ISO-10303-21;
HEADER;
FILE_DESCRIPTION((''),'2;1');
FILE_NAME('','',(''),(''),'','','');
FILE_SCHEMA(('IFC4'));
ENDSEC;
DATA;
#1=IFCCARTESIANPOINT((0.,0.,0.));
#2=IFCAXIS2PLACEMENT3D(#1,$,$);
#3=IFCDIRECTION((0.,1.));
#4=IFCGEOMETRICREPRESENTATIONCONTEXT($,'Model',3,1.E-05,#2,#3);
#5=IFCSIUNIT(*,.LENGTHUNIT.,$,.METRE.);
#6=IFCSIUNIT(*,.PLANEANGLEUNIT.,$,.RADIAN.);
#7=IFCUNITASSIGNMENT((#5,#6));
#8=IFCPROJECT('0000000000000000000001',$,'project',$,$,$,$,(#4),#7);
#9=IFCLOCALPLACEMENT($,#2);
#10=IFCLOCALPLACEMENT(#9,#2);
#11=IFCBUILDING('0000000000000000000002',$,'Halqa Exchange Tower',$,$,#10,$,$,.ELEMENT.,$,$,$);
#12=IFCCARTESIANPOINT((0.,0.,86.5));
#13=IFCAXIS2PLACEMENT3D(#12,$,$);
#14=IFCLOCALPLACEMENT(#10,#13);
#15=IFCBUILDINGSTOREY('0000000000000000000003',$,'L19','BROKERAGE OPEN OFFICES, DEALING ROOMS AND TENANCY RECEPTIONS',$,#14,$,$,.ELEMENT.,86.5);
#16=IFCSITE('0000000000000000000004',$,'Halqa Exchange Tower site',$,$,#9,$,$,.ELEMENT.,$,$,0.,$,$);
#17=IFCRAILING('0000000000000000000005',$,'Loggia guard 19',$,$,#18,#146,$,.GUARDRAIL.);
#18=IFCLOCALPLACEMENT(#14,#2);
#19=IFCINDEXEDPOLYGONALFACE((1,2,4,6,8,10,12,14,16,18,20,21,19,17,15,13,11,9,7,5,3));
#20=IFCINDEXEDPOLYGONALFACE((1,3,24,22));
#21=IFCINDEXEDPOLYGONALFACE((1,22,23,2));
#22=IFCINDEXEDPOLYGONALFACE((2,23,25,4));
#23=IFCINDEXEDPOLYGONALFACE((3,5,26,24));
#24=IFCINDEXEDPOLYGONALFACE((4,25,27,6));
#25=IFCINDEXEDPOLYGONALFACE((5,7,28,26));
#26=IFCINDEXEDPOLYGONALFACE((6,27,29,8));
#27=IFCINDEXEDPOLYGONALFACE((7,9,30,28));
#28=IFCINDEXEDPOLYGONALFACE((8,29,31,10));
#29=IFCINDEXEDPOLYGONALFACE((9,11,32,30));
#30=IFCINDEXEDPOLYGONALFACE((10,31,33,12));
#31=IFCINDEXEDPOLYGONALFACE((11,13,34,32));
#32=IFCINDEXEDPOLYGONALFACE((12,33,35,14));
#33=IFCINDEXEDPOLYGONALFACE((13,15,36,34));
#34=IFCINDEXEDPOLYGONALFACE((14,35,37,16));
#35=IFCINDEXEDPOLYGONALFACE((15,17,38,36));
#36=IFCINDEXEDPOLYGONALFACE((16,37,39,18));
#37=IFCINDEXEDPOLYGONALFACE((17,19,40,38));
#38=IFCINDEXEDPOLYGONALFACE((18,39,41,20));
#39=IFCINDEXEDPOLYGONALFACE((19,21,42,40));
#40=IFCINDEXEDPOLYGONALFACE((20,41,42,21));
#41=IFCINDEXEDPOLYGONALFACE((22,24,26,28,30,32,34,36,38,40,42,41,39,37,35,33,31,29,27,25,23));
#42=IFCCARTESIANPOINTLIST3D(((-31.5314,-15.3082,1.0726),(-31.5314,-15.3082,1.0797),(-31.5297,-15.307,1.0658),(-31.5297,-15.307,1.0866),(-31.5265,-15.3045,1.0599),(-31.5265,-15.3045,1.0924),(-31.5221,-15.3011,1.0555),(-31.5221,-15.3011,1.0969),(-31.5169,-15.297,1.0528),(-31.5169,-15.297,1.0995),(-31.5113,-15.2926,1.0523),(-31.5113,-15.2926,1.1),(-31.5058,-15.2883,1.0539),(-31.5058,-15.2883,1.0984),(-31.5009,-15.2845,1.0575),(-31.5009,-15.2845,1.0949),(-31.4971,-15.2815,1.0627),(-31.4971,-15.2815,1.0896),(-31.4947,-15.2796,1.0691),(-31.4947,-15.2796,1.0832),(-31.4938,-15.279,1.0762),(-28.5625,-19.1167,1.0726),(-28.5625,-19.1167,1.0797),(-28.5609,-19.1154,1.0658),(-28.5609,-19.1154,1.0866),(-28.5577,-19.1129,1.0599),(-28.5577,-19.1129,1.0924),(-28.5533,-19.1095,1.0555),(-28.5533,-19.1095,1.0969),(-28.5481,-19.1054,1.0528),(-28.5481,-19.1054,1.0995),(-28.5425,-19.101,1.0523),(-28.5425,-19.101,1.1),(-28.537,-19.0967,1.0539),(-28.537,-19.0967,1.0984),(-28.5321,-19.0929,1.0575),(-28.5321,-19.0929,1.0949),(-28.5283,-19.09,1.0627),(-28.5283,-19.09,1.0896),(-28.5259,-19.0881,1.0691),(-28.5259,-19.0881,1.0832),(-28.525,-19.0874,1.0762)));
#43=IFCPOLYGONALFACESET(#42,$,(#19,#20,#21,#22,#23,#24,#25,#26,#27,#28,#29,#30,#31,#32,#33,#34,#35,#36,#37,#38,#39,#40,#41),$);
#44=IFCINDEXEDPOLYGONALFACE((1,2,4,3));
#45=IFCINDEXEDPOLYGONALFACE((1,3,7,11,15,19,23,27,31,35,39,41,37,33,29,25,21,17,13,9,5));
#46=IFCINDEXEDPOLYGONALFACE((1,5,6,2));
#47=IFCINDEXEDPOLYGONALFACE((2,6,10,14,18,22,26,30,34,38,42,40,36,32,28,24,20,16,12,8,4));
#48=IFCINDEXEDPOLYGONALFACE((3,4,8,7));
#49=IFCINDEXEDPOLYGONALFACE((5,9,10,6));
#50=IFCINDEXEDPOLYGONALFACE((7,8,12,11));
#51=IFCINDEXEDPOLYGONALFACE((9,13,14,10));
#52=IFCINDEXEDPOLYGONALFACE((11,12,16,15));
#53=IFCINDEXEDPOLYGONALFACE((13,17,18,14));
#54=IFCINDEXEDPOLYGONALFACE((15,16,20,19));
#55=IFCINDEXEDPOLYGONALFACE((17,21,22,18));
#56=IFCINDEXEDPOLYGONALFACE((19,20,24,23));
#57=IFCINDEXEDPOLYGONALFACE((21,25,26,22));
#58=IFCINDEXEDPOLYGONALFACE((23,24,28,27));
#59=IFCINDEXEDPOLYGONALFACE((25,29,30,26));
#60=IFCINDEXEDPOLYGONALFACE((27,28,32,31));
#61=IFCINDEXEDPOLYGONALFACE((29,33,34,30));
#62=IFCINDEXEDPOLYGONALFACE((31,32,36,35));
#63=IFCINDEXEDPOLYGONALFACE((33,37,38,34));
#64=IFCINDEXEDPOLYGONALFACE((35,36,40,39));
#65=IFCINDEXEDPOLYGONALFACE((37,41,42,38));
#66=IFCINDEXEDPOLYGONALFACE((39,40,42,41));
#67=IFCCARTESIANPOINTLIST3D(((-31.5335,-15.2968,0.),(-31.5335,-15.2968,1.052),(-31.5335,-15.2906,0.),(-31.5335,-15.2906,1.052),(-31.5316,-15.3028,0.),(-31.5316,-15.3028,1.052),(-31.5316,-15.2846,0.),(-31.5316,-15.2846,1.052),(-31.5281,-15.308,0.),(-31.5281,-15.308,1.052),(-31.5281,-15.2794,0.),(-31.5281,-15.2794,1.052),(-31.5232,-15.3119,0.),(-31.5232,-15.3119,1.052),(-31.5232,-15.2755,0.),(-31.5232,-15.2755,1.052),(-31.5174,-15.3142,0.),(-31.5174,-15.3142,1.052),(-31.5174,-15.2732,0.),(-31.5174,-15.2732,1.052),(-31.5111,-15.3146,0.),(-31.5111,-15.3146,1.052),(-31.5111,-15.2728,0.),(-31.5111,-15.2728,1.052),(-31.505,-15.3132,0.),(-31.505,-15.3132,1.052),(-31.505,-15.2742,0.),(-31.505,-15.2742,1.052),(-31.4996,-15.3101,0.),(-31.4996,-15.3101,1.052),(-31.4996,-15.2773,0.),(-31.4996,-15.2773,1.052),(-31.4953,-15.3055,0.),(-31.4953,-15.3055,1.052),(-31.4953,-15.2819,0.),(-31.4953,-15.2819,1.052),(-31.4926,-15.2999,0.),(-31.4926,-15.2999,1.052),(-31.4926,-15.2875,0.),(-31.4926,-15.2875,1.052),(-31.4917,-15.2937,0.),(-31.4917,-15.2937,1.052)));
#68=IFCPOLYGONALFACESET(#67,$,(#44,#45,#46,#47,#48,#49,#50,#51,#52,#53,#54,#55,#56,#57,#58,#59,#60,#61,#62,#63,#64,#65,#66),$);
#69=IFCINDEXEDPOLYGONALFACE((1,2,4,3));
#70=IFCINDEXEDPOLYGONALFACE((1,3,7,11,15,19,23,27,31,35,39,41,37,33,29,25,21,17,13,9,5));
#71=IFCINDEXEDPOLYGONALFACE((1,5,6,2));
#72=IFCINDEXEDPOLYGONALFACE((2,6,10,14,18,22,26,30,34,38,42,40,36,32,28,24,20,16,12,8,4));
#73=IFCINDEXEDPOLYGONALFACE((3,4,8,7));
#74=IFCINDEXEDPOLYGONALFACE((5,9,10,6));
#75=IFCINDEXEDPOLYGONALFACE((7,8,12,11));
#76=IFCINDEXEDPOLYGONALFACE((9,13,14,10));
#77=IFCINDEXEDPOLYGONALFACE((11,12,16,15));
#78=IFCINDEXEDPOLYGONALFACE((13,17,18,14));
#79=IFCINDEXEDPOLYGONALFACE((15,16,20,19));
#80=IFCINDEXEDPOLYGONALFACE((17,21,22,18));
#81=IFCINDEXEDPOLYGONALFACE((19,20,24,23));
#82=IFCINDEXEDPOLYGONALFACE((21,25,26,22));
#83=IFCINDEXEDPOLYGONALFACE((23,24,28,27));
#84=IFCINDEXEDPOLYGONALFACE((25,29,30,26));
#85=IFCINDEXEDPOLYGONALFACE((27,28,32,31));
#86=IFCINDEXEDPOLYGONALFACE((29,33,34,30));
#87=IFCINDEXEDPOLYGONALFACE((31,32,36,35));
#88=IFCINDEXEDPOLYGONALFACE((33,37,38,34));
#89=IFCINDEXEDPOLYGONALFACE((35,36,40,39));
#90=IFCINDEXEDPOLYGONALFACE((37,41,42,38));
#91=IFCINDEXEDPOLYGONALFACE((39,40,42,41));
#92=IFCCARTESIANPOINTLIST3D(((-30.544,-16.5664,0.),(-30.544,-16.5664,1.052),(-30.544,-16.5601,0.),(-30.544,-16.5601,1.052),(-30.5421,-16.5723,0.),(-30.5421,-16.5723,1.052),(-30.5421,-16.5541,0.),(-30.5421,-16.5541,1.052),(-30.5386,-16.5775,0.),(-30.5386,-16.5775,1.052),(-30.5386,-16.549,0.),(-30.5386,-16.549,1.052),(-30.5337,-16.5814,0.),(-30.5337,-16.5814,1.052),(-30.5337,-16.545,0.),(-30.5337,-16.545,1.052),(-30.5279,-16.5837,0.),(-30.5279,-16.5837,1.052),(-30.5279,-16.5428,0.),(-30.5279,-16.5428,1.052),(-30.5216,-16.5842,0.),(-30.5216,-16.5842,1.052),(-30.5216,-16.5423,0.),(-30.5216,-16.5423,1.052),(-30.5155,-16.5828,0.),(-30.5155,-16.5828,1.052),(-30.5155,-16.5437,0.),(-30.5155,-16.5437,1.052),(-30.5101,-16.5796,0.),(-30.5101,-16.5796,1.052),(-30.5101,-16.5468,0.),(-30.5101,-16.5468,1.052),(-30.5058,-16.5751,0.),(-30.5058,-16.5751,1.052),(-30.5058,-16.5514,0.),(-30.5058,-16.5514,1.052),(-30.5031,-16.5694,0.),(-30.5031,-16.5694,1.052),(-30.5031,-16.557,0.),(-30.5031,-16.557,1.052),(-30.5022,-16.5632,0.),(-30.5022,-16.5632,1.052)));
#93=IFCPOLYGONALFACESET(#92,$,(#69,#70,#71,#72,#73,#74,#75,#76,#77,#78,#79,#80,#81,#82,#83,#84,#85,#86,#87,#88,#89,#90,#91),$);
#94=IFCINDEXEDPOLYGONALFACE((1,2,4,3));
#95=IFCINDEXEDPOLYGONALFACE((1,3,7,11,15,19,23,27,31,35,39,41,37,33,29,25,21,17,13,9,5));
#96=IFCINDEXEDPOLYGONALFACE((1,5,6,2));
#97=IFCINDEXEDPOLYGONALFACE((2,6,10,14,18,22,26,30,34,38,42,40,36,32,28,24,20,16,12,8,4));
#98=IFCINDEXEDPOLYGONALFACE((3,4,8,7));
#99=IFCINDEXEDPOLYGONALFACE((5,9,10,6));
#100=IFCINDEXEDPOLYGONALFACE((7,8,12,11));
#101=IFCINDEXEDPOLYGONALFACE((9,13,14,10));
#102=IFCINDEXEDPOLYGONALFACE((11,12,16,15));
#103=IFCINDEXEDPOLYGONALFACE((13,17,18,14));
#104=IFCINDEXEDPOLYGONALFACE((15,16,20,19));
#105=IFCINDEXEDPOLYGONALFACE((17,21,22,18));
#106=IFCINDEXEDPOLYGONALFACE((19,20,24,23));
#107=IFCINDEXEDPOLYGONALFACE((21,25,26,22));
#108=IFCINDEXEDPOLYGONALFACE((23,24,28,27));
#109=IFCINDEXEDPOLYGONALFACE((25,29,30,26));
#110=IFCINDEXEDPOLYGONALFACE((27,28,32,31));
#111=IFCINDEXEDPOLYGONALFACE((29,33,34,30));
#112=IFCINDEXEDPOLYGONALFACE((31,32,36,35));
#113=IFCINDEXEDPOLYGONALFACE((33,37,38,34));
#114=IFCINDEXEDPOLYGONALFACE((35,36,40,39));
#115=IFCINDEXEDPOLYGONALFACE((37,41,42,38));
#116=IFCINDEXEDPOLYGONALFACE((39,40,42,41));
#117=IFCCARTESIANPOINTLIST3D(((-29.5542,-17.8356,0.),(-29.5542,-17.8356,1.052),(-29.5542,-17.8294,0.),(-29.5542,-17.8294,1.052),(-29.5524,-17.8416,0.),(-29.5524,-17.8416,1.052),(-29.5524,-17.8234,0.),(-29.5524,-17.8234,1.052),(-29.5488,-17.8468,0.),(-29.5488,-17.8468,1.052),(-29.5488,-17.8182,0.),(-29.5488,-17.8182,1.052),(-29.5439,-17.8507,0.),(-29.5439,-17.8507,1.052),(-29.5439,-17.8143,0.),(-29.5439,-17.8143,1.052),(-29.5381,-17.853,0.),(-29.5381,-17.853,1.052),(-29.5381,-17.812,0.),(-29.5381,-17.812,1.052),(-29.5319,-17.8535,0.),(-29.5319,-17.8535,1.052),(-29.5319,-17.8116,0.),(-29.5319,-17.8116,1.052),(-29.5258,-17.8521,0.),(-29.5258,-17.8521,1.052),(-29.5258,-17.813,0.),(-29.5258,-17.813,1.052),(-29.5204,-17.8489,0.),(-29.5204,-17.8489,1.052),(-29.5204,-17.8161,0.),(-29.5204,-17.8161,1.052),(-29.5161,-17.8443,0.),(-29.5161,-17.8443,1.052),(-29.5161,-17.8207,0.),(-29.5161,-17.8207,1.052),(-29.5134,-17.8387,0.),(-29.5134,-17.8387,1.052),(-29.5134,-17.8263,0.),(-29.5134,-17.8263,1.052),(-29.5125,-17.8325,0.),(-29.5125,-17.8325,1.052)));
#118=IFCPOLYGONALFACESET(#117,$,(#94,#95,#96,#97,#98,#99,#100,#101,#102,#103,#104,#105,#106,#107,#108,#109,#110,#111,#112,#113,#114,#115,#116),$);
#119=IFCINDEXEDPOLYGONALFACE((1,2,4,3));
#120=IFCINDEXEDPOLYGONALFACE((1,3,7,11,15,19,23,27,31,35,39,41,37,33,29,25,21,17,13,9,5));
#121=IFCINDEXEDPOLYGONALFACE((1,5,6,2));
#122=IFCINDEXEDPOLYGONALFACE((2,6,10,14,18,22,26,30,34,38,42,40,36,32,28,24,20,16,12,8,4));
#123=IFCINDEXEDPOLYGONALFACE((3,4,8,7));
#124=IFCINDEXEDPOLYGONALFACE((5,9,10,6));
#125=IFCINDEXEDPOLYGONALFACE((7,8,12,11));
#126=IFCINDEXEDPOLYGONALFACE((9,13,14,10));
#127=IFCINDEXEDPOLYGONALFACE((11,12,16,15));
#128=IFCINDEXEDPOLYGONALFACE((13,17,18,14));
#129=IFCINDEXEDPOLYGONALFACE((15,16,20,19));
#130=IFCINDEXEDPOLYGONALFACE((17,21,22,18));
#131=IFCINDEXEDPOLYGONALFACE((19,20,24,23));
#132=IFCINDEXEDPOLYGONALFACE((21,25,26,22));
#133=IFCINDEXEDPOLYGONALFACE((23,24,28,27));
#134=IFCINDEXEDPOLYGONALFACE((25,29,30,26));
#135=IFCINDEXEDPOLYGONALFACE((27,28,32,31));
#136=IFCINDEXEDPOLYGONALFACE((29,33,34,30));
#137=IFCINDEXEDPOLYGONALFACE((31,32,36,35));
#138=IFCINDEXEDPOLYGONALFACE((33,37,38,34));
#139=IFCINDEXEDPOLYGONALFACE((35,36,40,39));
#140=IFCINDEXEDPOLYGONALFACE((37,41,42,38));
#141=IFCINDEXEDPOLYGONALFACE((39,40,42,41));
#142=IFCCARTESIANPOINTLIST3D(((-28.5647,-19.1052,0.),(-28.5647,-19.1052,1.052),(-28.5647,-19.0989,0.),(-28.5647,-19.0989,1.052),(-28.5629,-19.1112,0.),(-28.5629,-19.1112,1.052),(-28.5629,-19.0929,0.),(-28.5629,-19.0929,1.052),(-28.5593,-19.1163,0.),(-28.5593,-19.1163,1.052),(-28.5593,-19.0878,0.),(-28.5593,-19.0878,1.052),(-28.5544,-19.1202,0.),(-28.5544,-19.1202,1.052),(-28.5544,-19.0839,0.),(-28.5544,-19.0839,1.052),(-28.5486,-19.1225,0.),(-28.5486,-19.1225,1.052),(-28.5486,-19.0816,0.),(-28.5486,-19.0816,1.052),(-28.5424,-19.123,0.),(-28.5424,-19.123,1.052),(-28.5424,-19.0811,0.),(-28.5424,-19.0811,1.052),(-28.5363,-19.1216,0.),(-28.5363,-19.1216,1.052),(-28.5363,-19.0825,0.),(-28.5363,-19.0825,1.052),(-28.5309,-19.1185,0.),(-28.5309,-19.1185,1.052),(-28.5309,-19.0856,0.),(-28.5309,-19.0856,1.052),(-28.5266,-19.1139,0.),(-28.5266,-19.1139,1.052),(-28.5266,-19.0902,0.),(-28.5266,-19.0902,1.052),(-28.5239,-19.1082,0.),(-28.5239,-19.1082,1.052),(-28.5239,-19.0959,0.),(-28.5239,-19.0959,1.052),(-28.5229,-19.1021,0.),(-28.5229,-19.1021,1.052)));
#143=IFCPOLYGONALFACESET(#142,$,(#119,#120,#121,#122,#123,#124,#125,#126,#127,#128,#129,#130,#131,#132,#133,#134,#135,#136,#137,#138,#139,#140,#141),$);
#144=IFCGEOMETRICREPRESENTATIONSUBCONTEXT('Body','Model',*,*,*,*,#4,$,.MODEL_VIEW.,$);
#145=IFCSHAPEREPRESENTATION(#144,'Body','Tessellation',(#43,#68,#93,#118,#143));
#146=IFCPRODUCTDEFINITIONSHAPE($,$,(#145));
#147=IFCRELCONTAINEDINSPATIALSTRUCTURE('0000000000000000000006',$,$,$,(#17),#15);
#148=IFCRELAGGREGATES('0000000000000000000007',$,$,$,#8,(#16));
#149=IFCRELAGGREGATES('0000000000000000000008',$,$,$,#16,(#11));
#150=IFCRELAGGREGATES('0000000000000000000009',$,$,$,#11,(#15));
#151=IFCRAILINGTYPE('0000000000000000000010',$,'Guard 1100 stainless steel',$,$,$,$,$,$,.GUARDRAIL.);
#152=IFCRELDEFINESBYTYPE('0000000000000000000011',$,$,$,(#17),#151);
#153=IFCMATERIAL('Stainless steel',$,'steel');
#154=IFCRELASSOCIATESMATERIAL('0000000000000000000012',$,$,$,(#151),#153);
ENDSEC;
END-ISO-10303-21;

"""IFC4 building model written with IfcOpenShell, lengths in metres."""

from ifc_helpers import new_model, si_unit, direction, frame, origin, origin_2d, place, context, subcontext, project, spatial, circle, extrude, material, type_object, element, save


model = new_model("IFC4")

# Units and contexts
model_context = context("Model", 3, precision=1e-05, world=origin(), true_north=direction((0.0, 1.0)))
body_context = subcontext(model_context, "Body", "Model", "MODEL_VIEW")
ifc_project = project(units=[si_unit("LENGTHUNIT", "METRE"), si_unit("PLANEANGLEUNIT", "RADIAN")], contexts=[model_context])

# Site, building, storey
site_placement = place(None, origin())
site = spatial("IfcSite", under=ifc_project, at=site_placement, Name="Halqa Exchange Tower site", CompositionType="ELEMENT", RefElevation=0.0)
building_placement = place(site_placement, origin())
building = spatial("IfcBuilding", under=site, at=building_placement, Name="Halqa Exchange Tower", CompositionType="ELEMENT")
storey_placement = place(building_placement, frame((0.0, 0.0, 86.5)))
storey = spatial("IfcBuildingStorey", under=building, at=storey_placement, Name="L19", Description="BROKERAGE OPEN OFFICES, DEALING ROOMS AND TENANCY RECEPTIONS", CompositionType="ELEMENT", Elevation=86.5)

# Railing
ifc_material_1 = material(Name="Stainless steel", Category="steel")
railing_type = type_object("IfcRailingType", Name="Guard 1100 stainless steel", PredefinedType="GUARDRAIL", material=ifc_material_1)
railing_1_placement = place(storey_placement, frame((-31.5127, -15.2937, 0.0)))
element("IfcRailing", 1, at=railing_1_placement, inside=storey, type_object=railing_type, Name="Loggia guard 19", PredefinedType="GUARDRAIL", context=body_context, shape_type="SweptSolid", body=[
    extrude(circle(Radius=0.0239, at=origin_2d()), frame((0.0, 0.0, 1.0762), z_axis=(0.614805, -0.788679, 0.0), x_axis=(0.788679, 0.614805, 0.0)), (0.0, 0.0, 1.0), 4.8289),
    extrude(circle(Radius=0.021, at=origin_2d()), origin(), (0.0, 0.0, 1.0), 1.052),
    extrude(circle(Radius=0.021, at=origin_2d()), frame((0.9895, -1.2695, 0.0)), (0.0, 0.0, 1.0), 1.052),
    extrude(circle(Radius=0.021, at=origin_2d()), frame((1.9792, -2.5388, 0.0)), (0.0, 0.0, 1.0), 1.052),
    extrude(circle(Radius=0.021, at=origin_2d()), frame((2.9688, -3.8083, 0.0)), (0.0, 0.0, 1.0), 1.052),
])

save(model, "model.ifc")
